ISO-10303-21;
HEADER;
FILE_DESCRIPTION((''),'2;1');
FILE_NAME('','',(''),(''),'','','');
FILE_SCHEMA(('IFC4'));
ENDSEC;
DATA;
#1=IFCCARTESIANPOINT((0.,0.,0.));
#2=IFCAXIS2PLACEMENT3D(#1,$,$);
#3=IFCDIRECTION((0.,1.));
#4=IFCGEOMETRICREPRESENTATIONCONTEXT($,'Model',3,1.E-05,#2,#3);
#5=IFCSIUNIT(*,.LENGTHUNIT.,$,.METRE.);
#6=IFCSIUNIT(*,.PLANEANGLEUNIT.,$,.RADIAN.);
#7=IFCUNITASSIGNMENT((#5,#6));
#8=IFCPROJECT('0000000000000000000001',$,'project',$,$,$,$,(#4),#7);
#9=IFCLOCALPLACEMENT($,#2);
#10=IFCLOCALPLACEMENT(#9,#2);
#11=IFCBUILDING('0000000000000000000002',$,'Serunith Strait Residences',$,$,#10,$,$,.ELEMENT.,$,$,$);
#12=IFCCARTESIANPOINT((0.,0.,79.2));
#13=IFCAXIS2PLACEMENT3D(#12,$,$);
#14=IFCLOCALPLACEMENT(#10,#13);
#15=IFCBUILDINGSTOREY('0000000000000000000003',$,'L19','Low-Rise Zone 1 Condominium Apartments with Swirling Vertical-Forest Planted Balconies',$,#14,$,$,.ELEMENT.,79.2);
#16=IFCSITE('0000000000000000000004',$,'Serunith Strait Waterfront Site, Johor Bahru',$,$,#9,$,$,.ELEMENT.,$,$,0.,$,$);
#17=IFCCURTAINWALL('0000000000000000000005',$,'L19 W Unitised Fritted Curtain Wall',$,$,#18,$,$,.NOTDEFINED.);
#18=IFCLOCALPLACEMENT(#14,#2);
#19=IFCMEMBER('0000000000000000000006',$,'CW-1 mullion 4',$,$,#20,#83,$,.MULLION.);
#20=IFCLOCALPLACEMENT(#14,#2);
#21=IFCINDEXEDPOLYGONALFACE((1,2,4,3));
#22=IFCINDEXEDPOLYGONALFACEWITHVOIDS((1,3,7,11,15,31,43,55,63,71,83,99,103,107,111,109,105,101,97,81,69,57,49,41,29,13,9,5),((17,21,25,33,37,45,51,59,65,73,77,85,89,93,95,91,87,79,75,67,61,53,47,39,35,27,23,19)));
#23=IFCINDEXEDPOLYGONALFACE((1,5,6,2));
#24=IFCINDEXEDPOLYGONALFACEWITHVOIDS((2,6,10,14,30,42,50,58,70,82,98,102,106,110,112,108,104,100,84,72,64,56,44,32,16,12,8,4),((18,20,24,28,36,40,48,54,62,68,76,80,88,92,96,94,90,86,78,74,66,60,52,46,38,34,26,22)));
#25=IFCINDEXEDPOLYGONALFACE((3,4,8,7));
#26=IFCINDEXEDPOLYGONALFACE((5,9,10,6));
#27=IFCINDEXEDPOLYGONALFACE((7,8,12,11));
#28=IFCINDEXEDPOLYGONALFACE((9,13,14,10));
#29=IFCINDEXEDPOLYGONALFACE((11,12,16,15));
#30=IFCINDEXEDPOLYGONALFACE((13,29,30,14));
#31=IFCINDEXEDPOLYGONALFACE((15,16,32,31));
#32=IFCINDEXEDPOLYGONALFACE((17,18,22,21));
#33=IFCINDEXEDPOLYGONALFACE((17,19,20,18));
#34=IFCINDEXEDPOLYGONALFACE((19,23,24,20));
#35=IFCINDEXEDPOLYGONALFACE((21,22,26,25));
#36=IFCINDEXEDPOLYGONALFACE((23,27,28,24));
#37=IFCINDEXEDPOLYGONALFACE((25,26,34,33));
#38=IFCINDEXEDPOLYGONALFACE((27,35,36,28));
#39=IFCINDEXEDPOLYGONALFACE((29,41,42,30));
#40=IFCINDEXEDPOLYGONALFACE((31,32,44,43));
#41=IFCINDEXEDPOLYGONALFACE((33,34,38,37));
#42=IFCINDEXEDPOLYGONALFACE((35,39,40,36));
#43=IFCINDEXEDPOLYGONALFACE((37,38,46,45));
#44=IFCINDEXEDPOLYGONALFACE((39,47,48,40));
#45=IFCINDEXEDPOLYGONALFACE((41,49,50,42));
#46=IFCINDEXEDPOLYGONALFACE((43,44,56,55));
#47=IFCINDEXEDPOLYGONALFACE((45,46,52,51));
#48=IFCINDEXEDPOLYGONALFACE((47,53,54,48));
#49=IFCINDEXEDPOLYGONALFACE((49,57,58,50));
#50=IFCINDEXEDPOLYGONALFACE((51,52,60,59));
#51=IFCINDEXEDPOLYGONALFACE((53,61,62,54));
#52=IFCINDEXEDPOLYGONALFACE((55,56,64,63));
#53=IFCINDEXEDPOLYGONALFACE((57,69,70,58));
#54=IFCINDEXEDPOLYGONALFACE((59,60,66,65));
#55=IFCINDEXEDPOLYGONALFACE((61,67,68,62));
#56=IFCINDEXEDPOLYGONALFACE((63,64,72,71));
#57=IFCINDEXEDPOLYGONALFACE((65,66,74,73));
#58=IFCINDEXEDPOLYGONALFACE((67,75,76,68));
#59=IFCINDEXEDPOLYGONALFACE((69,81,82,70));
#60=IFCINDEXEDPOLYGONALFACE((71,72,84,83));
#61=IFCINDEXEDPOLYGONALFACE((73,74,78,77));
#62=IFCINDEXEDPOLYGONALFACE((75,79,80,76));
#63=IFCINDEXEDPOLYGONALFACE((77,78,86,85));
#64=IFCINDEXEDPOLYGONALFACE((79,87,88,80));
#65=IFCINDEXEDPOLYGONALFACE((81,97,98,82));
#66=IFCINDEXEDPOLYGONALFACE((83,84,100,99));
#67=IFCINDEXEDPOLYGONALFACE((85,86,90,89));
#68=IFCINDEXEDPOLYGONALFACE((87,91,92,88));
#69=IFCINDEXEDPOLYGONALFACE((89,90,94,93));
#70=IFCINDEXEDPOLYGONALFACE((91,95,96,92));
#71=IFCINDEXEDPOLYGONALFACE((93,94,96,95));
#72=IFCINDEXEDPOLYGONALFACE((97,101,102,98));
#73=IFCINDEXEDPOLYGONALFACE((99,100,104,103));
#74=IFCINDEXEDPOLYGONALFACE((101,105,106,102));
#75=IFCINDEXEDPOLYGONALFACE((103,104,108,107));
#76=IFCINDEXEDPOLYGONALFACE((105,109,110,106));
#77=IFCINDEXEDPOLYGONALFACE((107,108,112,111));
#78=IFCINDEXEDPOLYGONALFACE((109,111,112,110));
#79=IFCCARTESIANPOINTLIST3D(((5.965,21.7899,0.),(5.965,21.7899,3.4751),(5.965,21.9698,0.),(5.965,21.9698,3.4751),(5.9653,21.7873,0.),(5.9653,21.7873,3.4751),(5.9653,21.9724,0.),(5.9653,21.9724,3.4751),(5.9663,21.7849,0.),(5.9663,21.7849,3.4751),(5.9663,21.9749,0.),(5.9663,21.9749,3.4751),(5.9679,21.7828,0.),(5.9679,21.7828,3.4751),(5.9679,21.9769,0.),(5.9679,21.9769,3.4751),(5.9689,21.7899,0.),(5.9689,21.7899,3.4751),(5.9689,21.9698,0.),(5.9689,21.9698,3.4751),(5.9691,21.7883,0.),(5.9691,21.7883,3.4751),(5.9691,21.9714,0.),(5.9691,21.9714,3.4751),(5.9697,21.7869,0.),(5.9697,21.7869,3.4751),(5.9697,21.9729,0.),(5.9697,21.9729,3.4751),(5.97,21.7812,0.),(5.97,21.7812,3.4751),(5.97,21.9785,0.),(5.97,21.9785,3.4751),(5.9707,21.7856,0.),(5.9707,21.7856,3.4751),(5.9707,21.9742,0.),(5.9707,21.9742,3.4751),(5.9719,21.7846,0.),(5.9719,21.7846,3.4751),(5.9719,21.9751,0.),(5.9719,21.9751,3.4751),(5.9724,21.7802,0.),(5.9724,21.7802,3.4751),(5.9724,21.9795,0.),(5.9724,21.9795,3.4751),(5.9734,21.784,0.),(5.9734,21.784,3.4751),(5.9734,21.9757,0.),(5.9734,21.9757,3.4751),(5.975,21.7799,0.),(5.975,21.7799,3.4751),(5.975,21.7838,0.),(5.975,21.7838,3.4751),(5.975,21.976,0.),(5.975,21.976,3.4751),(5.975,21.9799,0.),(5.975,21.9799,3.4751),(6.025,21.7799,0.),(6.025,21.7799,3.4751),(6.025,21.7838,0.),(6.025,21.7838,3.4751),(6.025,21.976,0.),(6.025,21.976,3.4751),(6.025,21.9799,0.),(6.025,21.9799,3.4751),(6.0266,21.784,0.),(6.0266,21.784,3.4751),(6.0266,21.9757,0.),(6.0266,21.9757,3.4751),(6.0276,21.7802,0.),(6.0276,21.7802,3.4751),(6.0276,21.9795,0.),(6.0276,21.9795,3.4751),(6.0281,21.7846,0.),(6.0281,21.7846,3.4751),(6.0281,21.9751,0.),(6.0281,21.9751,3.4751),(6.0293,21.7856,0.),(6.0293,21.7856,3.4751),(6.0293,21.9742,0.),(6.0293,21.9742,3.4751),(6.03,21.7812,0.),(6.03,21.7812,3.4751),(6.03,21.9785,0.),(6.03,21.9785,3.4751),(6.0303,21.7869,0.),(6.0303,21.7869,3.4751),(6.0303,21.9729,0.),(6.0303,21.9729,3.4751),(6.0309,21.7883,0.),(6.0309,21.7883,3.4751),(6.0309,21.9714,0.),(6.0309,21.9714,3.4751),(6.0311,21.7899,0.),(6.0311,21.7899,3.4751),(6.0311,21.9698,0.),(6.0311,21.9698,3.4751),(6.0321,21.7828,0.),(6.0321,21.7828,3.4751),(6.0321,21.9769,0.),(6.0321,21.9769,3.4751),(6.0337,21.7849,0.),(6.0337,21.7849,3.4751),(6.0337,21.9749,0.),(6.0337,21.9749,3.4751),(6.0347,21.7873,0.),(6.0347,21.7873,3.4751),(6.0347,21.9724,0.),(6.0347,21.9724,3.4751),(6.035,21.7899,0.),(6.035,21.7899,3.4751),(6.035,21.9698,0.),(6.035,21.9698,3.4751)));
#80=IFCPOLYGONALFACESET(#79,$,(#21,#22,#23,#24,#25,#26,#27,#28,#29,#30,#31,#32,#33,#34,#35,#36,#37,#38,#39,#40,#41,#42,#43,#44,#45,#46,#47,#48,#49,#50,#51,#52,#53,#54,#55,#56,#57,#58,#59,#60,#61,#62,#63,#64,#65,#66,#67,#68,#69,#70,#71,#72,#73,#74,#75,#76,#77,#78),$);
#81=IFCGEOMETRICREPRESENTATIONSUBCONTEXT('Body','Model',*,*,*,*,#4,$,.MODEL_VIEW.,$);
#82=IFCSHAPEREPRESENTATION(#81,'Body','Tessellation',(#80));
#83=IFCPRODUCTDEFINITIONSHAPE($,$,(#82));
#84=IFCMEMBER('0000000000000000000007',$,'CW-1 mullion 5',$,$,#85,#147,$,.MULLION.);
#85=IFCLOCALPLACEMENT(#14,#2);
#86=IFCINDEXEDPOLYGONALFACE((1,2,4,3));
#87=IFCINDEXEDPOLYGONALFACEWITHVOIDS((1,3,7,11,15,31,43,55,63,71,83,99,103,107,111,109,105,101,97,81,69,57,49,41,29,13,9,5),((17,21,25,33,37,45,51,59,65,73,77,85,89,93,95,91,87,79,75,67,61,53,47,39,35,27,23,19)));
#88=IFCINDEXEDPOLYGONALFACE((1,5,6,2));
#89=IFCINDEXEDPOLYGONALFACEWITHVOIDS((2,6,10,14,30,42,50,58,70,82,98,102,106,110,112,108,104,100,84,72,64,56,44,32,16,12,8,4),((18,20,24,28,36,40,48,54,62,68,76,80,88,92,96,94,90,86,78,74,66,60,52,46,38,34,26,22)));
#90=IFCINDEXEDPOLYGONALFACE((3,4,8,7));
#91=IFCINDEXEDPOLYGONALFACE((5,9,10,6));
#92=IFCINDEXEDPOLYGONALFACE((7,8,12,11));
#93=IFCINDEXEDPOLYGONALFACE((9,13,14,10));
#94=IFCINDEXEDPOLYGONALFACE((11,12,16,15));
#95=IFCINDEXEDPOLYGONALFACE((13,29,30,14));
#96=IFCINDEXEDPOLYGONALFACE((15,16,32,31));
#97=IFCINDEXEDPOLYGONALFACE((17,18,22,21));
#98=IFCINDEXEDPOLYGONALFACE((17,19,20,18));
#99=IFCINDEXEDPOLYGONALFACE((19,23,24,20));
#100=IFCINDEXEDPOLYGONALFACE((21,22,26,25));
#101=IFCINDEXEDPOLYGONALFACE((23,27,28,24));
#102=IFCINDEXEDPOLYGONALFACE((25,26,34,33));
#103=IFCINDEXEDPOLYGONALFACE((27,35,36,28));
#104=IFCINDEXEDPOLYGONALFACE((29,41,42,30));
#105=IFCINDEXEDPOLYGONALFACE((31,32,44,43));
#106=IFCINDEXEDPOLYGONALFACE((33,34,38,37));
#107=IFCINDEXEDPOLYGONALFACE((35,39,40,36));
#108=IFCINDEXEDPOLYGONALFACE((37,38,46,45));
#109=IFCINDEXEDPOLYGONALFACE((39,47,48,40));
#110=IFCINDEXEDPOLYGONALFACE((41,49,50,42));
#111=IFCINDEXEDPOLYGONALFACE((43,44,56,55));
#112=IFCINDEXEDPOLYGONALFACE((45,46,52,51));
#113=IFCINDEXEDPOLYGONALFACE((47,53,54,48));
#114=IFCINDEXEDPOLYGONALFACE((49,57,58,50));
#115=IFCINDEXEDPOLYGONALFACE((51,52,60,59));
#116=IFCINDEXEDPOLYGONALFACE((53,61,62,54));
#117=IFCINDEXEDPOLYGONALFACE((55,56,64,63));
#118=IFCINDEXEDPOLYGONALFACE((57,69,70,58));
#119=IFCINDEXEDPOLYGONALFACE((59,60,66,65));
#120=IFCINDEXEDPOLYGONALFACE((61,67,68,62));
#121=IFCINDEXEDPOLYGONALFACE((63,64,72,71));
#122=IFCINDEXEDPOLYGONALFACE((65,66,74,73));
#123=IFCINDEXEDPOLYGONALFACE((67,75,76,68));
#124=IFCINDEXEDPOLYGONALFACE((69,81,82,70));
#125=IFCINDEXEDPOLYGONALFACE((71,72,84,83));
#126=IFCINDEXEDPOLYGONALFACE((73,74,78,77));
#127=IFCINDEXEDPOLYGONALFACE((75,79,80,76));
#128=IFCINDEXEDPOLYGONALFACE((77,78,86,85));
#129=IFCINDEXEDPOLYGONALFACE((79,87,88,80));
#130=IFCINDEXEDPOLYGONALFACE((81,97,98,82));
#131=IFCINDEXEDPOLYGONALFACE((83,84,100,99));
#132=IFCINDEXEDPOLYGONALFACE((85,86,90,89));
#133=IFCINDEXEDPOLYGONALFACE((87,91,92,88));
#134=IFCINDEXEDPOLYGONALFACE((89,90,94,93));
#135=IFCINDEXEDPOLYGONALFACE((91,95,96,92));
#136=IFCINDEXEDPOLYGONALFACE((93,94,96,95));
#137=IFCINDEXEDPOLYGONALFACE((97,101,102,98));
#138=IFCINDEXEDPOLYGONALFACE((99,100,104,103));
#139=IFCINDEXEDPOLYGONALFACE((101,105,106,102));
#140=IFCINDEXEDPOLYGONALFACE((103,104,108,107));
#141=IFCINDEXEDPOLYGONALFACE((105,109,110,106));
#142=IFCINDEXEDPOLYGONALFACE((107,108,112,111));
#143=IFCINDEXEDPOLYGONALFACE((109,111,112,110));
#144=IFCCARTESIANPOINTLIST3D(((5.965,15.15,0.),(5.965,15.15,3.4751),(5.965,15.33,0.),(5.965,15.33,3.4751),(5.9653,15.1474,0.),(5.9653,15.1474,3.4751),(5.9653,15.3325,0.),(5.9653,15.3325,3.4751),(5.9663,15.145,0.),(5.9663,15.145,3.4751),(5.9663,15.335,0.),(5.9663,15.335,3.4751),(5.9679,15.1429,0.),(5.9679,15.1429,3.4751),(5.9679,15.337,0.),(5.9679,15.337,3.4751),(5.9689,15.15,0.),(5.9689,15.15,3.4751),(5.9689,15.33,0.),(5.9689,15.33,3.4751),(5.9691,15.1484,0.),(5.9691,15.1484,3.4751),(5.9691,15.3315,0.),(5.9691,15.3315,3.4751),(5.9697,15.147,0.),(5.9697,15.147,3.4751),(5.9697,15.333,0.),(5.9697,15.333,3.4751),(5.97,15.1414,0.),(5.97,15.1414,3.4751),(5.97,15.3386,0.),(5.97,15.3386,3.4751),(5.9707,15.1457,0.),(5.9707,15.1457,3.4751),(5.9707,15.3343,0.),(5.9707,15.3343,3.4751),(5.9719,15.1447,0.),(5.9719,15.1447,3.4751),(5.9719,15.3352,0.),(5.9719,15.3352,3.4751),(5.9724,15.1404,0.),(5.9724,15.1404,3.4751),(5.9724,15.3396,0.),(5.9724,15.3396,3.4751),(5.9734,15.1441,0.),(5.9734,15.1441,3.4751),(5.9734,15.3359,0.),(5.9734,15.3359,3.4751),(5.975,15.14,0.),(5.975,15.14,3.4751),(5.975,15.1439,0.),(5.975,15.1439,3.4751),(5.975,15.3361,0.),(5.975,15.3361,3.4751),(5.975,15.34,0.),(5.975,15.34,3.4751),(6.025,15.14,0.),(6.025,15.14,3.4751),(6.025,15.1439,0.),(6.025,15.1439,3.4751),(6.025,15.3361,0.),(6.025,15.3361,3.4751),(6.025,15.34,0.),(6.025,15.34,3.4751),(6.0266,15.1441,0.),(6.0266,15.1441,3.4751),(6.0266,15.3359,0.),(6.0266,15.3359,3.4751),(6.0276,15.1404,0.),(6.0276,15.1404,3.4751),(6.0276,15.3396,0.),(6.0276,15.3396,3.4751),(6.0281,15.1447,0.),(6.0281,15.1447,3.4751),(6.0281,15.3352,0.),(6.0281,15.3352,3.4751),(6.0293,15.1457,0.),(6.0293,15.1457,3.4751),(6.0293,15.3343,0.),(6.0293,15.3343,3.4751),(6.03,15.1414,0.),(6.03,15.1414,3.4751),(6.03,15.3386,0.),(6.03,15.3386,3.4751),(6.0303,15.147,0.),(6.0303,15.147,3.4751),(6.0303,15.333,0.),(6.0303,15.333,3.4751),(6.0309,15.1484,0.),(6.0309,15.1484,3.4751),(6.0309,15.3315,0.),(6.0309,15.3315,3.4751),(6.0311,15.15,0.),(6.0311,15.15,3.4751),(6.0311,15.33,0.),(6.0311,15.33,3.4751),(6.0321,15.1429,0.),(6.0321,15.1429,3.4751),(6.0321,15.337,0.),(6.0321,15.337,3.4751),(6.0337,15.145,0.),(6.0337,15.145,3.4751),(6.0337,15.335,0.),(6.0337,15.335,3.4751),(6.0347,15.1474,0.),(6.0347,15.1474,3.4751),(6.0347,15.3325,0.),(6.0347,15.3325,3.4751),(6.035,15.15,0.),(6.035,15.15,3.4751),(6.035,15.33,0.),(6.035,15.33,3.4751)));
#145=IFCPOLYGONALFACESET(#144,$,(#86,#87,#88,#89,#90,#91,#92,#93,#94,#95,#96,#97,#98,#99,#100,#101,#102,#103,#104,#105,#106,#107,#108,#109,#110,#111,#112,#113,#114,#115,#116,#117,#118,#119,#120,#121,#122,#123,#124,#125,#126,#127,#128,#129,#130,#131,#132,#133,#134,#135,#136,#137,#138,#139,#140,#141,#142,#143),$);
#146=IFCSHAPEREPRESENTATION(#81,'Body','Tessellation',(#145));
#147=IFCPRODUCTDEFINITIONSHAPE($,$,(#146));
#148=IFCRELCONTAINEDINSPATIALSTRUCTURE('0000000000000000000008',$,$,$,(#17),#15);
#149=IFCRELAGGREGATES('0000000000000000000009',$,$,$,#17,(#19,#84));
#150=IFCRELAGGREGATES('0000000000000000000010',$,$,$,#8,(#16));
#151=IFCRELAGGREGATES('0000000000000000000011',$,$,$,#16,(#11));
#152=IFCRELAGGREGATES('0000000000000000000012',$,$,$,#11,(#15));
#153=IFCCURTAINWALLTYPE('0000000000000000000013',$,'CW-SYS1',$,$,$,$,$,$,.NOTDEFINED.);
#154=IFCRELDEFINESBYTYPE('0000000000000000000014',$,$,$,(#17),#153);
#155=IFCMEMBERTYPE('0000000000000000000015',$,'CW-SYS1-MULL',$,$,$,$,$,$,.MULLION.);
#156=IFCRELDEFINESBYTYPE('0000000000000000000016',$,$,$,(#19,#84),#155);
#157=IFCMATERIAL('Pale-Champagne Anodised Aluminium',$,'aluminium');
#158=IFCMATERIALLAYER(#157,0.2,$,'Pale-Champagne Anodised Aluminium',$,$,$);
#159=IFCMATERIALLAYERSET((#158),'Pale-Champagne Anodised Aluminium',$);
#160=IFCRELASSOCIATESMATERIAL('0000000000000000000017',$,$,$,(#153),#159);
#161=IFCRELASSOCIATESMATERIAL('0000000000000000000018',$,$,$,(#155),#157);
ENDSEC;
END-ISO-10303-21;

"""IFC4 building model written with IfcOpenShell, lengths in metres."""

from ifc_helpers import new_model, si_unit, direction, frame, origin, origin_2d, place, context, subcontext, project, spatial, hollow_rectangle, extrude, source, transform, mapped, material, layer, layer_set, material_profile, profile_set, type_object, element, aggregate, save


model = new_model("IFC4")

# Units and contexts
model_context = context("Model", 3, precision=1e-05, world=origin(), true_north=direction((0.0, 1.0)))
body_context = subcontext(model_context, "Body", "Model", "MODEL_VIEW")
ifc_project = project(units=[si_unit("LENGTHUNIT", "METRE"), si_unit("PLANEANGLEUNIT", "RADIAN")], contexts=[model_context])

# Site, building, storey
site_placement = place(None, origin())
site = spatial("IfcSite", under=ifc_project, at=site_placement, Name="Serunith Strait Waterfront Site, Johor Bahru", CompositionType="ELEMENT", RefElevation=0.0)
building_placement = place(site_placement, origin())
building = spatial("IfcBuilding", under=site, at=building_placement, Name="Serunith Strait Residences", CompositionType="ELEMENT")
storey_placement = place(building_placement, frame((0.0, 0.0, 79.2)))
storey = spatial("IfcBuildingStorey", under=building, at=storey_placement, Name="L19", Description="Low-Rise Zone 1 Condominium Apartments with Swirling Vertical-Forest Planted Balconies", CompositionType="ELEMENT", Elevation=79.2)

# Curtain wall, members
ifc_material_1 = material(Name="Pale-Champagne Anodised Aluminium", Category="aluminium")
ifc_layer_1 = layer(ifc_material_1, 0.2, Name="Pale-Champagne Anodised Aluminium")
ifc_layer_set_1 = layer_set([ifc_layer_1], Name="Pale-Champagne Anodised Aluminium")
curtain_wall_type = type_object("IfcCurtainWallType", Name="CW-SYS1", PredefinedType="NOTDEFINED", material=ifc_layer_set_1)
curtain_wall_placement = place(storey_placement, origin())
curtain_wall = element("IfcCurtainWall", 1, at=curtain_wall_placement, inside=storey, type_object=curtain_wall_type, Name="L19 W Unitised Fritted Curtain Wall", PredefinedType="NOTDEFINED")
ifc_material_profile_1 = material_profile(ifc_material_1, hollow_rectangle(XDim=0.0701, YDim=0.2, WallThickness=0.0039, InnerFilletRadius=0.0061, OuterFilletRadius=0.01, at=origin_2d()), Name="ALU 200x70x4")
ifc_profile_set_1 = profile_set([ifc_material_profile_1], Name="Pale-Champagne Anodised Aluminium")
member_type_1 = type_object("IfcMemberType", Name="CW-SYS1-MULL", PredefinedType="MULLION", material=ifc_profile_set_1)
shared_shape_1 = source(origin(), body_context, "Body", "SweptSolid", [
    extrude(hollow_rectangle(XDim=0.0701, YDim=0.2, WallThickness=0.0039, InnerFilletRadius=0.0061, OuterFilletRadius=0.01, at=origin_2d()), origin(), (0.0, 0.0, 1.0), 3.4751),
])
member_1_placement = place(storey_placement, frame((6.0, 21.8799, 0.0), z_axis=(0.0, 0.0, 1.0), x_axis=(1.0, 0.0, 0.0)))
member_1 = element("IfcMember", 2, at=member_1_placement, type_object=member_type_1, Name="CW-1 mullion 4", PredefinedType="MULLION", context=body_context, shape_type="MappedRepresentation", body=[
    mapped(shared_shape_1, transform((0.0, 0.0, 0.0), scale=1.0)),
])
member_2_placement = place(storey_placement, frame((6.0, 15.24, 0.0), z_axis=(0.0, 0.0, 1.0), x_axis=(1.0, 0.0, 0.0)))
member_2 = element("IfcMember", 3, at=member_2_placement, type_object=member_type_1, Name="CW-1 mullion 5", PredefinedType="MULLION", context=body_context, shape_type="MappedRepresentation", body=[
    mapped(shared_shape_1, transform((0.0, 0.0, 0.0), scale=1.0)),
])
aggregate(curtain_wall, [member_1, member_2])

save(model, "model.ifc")
